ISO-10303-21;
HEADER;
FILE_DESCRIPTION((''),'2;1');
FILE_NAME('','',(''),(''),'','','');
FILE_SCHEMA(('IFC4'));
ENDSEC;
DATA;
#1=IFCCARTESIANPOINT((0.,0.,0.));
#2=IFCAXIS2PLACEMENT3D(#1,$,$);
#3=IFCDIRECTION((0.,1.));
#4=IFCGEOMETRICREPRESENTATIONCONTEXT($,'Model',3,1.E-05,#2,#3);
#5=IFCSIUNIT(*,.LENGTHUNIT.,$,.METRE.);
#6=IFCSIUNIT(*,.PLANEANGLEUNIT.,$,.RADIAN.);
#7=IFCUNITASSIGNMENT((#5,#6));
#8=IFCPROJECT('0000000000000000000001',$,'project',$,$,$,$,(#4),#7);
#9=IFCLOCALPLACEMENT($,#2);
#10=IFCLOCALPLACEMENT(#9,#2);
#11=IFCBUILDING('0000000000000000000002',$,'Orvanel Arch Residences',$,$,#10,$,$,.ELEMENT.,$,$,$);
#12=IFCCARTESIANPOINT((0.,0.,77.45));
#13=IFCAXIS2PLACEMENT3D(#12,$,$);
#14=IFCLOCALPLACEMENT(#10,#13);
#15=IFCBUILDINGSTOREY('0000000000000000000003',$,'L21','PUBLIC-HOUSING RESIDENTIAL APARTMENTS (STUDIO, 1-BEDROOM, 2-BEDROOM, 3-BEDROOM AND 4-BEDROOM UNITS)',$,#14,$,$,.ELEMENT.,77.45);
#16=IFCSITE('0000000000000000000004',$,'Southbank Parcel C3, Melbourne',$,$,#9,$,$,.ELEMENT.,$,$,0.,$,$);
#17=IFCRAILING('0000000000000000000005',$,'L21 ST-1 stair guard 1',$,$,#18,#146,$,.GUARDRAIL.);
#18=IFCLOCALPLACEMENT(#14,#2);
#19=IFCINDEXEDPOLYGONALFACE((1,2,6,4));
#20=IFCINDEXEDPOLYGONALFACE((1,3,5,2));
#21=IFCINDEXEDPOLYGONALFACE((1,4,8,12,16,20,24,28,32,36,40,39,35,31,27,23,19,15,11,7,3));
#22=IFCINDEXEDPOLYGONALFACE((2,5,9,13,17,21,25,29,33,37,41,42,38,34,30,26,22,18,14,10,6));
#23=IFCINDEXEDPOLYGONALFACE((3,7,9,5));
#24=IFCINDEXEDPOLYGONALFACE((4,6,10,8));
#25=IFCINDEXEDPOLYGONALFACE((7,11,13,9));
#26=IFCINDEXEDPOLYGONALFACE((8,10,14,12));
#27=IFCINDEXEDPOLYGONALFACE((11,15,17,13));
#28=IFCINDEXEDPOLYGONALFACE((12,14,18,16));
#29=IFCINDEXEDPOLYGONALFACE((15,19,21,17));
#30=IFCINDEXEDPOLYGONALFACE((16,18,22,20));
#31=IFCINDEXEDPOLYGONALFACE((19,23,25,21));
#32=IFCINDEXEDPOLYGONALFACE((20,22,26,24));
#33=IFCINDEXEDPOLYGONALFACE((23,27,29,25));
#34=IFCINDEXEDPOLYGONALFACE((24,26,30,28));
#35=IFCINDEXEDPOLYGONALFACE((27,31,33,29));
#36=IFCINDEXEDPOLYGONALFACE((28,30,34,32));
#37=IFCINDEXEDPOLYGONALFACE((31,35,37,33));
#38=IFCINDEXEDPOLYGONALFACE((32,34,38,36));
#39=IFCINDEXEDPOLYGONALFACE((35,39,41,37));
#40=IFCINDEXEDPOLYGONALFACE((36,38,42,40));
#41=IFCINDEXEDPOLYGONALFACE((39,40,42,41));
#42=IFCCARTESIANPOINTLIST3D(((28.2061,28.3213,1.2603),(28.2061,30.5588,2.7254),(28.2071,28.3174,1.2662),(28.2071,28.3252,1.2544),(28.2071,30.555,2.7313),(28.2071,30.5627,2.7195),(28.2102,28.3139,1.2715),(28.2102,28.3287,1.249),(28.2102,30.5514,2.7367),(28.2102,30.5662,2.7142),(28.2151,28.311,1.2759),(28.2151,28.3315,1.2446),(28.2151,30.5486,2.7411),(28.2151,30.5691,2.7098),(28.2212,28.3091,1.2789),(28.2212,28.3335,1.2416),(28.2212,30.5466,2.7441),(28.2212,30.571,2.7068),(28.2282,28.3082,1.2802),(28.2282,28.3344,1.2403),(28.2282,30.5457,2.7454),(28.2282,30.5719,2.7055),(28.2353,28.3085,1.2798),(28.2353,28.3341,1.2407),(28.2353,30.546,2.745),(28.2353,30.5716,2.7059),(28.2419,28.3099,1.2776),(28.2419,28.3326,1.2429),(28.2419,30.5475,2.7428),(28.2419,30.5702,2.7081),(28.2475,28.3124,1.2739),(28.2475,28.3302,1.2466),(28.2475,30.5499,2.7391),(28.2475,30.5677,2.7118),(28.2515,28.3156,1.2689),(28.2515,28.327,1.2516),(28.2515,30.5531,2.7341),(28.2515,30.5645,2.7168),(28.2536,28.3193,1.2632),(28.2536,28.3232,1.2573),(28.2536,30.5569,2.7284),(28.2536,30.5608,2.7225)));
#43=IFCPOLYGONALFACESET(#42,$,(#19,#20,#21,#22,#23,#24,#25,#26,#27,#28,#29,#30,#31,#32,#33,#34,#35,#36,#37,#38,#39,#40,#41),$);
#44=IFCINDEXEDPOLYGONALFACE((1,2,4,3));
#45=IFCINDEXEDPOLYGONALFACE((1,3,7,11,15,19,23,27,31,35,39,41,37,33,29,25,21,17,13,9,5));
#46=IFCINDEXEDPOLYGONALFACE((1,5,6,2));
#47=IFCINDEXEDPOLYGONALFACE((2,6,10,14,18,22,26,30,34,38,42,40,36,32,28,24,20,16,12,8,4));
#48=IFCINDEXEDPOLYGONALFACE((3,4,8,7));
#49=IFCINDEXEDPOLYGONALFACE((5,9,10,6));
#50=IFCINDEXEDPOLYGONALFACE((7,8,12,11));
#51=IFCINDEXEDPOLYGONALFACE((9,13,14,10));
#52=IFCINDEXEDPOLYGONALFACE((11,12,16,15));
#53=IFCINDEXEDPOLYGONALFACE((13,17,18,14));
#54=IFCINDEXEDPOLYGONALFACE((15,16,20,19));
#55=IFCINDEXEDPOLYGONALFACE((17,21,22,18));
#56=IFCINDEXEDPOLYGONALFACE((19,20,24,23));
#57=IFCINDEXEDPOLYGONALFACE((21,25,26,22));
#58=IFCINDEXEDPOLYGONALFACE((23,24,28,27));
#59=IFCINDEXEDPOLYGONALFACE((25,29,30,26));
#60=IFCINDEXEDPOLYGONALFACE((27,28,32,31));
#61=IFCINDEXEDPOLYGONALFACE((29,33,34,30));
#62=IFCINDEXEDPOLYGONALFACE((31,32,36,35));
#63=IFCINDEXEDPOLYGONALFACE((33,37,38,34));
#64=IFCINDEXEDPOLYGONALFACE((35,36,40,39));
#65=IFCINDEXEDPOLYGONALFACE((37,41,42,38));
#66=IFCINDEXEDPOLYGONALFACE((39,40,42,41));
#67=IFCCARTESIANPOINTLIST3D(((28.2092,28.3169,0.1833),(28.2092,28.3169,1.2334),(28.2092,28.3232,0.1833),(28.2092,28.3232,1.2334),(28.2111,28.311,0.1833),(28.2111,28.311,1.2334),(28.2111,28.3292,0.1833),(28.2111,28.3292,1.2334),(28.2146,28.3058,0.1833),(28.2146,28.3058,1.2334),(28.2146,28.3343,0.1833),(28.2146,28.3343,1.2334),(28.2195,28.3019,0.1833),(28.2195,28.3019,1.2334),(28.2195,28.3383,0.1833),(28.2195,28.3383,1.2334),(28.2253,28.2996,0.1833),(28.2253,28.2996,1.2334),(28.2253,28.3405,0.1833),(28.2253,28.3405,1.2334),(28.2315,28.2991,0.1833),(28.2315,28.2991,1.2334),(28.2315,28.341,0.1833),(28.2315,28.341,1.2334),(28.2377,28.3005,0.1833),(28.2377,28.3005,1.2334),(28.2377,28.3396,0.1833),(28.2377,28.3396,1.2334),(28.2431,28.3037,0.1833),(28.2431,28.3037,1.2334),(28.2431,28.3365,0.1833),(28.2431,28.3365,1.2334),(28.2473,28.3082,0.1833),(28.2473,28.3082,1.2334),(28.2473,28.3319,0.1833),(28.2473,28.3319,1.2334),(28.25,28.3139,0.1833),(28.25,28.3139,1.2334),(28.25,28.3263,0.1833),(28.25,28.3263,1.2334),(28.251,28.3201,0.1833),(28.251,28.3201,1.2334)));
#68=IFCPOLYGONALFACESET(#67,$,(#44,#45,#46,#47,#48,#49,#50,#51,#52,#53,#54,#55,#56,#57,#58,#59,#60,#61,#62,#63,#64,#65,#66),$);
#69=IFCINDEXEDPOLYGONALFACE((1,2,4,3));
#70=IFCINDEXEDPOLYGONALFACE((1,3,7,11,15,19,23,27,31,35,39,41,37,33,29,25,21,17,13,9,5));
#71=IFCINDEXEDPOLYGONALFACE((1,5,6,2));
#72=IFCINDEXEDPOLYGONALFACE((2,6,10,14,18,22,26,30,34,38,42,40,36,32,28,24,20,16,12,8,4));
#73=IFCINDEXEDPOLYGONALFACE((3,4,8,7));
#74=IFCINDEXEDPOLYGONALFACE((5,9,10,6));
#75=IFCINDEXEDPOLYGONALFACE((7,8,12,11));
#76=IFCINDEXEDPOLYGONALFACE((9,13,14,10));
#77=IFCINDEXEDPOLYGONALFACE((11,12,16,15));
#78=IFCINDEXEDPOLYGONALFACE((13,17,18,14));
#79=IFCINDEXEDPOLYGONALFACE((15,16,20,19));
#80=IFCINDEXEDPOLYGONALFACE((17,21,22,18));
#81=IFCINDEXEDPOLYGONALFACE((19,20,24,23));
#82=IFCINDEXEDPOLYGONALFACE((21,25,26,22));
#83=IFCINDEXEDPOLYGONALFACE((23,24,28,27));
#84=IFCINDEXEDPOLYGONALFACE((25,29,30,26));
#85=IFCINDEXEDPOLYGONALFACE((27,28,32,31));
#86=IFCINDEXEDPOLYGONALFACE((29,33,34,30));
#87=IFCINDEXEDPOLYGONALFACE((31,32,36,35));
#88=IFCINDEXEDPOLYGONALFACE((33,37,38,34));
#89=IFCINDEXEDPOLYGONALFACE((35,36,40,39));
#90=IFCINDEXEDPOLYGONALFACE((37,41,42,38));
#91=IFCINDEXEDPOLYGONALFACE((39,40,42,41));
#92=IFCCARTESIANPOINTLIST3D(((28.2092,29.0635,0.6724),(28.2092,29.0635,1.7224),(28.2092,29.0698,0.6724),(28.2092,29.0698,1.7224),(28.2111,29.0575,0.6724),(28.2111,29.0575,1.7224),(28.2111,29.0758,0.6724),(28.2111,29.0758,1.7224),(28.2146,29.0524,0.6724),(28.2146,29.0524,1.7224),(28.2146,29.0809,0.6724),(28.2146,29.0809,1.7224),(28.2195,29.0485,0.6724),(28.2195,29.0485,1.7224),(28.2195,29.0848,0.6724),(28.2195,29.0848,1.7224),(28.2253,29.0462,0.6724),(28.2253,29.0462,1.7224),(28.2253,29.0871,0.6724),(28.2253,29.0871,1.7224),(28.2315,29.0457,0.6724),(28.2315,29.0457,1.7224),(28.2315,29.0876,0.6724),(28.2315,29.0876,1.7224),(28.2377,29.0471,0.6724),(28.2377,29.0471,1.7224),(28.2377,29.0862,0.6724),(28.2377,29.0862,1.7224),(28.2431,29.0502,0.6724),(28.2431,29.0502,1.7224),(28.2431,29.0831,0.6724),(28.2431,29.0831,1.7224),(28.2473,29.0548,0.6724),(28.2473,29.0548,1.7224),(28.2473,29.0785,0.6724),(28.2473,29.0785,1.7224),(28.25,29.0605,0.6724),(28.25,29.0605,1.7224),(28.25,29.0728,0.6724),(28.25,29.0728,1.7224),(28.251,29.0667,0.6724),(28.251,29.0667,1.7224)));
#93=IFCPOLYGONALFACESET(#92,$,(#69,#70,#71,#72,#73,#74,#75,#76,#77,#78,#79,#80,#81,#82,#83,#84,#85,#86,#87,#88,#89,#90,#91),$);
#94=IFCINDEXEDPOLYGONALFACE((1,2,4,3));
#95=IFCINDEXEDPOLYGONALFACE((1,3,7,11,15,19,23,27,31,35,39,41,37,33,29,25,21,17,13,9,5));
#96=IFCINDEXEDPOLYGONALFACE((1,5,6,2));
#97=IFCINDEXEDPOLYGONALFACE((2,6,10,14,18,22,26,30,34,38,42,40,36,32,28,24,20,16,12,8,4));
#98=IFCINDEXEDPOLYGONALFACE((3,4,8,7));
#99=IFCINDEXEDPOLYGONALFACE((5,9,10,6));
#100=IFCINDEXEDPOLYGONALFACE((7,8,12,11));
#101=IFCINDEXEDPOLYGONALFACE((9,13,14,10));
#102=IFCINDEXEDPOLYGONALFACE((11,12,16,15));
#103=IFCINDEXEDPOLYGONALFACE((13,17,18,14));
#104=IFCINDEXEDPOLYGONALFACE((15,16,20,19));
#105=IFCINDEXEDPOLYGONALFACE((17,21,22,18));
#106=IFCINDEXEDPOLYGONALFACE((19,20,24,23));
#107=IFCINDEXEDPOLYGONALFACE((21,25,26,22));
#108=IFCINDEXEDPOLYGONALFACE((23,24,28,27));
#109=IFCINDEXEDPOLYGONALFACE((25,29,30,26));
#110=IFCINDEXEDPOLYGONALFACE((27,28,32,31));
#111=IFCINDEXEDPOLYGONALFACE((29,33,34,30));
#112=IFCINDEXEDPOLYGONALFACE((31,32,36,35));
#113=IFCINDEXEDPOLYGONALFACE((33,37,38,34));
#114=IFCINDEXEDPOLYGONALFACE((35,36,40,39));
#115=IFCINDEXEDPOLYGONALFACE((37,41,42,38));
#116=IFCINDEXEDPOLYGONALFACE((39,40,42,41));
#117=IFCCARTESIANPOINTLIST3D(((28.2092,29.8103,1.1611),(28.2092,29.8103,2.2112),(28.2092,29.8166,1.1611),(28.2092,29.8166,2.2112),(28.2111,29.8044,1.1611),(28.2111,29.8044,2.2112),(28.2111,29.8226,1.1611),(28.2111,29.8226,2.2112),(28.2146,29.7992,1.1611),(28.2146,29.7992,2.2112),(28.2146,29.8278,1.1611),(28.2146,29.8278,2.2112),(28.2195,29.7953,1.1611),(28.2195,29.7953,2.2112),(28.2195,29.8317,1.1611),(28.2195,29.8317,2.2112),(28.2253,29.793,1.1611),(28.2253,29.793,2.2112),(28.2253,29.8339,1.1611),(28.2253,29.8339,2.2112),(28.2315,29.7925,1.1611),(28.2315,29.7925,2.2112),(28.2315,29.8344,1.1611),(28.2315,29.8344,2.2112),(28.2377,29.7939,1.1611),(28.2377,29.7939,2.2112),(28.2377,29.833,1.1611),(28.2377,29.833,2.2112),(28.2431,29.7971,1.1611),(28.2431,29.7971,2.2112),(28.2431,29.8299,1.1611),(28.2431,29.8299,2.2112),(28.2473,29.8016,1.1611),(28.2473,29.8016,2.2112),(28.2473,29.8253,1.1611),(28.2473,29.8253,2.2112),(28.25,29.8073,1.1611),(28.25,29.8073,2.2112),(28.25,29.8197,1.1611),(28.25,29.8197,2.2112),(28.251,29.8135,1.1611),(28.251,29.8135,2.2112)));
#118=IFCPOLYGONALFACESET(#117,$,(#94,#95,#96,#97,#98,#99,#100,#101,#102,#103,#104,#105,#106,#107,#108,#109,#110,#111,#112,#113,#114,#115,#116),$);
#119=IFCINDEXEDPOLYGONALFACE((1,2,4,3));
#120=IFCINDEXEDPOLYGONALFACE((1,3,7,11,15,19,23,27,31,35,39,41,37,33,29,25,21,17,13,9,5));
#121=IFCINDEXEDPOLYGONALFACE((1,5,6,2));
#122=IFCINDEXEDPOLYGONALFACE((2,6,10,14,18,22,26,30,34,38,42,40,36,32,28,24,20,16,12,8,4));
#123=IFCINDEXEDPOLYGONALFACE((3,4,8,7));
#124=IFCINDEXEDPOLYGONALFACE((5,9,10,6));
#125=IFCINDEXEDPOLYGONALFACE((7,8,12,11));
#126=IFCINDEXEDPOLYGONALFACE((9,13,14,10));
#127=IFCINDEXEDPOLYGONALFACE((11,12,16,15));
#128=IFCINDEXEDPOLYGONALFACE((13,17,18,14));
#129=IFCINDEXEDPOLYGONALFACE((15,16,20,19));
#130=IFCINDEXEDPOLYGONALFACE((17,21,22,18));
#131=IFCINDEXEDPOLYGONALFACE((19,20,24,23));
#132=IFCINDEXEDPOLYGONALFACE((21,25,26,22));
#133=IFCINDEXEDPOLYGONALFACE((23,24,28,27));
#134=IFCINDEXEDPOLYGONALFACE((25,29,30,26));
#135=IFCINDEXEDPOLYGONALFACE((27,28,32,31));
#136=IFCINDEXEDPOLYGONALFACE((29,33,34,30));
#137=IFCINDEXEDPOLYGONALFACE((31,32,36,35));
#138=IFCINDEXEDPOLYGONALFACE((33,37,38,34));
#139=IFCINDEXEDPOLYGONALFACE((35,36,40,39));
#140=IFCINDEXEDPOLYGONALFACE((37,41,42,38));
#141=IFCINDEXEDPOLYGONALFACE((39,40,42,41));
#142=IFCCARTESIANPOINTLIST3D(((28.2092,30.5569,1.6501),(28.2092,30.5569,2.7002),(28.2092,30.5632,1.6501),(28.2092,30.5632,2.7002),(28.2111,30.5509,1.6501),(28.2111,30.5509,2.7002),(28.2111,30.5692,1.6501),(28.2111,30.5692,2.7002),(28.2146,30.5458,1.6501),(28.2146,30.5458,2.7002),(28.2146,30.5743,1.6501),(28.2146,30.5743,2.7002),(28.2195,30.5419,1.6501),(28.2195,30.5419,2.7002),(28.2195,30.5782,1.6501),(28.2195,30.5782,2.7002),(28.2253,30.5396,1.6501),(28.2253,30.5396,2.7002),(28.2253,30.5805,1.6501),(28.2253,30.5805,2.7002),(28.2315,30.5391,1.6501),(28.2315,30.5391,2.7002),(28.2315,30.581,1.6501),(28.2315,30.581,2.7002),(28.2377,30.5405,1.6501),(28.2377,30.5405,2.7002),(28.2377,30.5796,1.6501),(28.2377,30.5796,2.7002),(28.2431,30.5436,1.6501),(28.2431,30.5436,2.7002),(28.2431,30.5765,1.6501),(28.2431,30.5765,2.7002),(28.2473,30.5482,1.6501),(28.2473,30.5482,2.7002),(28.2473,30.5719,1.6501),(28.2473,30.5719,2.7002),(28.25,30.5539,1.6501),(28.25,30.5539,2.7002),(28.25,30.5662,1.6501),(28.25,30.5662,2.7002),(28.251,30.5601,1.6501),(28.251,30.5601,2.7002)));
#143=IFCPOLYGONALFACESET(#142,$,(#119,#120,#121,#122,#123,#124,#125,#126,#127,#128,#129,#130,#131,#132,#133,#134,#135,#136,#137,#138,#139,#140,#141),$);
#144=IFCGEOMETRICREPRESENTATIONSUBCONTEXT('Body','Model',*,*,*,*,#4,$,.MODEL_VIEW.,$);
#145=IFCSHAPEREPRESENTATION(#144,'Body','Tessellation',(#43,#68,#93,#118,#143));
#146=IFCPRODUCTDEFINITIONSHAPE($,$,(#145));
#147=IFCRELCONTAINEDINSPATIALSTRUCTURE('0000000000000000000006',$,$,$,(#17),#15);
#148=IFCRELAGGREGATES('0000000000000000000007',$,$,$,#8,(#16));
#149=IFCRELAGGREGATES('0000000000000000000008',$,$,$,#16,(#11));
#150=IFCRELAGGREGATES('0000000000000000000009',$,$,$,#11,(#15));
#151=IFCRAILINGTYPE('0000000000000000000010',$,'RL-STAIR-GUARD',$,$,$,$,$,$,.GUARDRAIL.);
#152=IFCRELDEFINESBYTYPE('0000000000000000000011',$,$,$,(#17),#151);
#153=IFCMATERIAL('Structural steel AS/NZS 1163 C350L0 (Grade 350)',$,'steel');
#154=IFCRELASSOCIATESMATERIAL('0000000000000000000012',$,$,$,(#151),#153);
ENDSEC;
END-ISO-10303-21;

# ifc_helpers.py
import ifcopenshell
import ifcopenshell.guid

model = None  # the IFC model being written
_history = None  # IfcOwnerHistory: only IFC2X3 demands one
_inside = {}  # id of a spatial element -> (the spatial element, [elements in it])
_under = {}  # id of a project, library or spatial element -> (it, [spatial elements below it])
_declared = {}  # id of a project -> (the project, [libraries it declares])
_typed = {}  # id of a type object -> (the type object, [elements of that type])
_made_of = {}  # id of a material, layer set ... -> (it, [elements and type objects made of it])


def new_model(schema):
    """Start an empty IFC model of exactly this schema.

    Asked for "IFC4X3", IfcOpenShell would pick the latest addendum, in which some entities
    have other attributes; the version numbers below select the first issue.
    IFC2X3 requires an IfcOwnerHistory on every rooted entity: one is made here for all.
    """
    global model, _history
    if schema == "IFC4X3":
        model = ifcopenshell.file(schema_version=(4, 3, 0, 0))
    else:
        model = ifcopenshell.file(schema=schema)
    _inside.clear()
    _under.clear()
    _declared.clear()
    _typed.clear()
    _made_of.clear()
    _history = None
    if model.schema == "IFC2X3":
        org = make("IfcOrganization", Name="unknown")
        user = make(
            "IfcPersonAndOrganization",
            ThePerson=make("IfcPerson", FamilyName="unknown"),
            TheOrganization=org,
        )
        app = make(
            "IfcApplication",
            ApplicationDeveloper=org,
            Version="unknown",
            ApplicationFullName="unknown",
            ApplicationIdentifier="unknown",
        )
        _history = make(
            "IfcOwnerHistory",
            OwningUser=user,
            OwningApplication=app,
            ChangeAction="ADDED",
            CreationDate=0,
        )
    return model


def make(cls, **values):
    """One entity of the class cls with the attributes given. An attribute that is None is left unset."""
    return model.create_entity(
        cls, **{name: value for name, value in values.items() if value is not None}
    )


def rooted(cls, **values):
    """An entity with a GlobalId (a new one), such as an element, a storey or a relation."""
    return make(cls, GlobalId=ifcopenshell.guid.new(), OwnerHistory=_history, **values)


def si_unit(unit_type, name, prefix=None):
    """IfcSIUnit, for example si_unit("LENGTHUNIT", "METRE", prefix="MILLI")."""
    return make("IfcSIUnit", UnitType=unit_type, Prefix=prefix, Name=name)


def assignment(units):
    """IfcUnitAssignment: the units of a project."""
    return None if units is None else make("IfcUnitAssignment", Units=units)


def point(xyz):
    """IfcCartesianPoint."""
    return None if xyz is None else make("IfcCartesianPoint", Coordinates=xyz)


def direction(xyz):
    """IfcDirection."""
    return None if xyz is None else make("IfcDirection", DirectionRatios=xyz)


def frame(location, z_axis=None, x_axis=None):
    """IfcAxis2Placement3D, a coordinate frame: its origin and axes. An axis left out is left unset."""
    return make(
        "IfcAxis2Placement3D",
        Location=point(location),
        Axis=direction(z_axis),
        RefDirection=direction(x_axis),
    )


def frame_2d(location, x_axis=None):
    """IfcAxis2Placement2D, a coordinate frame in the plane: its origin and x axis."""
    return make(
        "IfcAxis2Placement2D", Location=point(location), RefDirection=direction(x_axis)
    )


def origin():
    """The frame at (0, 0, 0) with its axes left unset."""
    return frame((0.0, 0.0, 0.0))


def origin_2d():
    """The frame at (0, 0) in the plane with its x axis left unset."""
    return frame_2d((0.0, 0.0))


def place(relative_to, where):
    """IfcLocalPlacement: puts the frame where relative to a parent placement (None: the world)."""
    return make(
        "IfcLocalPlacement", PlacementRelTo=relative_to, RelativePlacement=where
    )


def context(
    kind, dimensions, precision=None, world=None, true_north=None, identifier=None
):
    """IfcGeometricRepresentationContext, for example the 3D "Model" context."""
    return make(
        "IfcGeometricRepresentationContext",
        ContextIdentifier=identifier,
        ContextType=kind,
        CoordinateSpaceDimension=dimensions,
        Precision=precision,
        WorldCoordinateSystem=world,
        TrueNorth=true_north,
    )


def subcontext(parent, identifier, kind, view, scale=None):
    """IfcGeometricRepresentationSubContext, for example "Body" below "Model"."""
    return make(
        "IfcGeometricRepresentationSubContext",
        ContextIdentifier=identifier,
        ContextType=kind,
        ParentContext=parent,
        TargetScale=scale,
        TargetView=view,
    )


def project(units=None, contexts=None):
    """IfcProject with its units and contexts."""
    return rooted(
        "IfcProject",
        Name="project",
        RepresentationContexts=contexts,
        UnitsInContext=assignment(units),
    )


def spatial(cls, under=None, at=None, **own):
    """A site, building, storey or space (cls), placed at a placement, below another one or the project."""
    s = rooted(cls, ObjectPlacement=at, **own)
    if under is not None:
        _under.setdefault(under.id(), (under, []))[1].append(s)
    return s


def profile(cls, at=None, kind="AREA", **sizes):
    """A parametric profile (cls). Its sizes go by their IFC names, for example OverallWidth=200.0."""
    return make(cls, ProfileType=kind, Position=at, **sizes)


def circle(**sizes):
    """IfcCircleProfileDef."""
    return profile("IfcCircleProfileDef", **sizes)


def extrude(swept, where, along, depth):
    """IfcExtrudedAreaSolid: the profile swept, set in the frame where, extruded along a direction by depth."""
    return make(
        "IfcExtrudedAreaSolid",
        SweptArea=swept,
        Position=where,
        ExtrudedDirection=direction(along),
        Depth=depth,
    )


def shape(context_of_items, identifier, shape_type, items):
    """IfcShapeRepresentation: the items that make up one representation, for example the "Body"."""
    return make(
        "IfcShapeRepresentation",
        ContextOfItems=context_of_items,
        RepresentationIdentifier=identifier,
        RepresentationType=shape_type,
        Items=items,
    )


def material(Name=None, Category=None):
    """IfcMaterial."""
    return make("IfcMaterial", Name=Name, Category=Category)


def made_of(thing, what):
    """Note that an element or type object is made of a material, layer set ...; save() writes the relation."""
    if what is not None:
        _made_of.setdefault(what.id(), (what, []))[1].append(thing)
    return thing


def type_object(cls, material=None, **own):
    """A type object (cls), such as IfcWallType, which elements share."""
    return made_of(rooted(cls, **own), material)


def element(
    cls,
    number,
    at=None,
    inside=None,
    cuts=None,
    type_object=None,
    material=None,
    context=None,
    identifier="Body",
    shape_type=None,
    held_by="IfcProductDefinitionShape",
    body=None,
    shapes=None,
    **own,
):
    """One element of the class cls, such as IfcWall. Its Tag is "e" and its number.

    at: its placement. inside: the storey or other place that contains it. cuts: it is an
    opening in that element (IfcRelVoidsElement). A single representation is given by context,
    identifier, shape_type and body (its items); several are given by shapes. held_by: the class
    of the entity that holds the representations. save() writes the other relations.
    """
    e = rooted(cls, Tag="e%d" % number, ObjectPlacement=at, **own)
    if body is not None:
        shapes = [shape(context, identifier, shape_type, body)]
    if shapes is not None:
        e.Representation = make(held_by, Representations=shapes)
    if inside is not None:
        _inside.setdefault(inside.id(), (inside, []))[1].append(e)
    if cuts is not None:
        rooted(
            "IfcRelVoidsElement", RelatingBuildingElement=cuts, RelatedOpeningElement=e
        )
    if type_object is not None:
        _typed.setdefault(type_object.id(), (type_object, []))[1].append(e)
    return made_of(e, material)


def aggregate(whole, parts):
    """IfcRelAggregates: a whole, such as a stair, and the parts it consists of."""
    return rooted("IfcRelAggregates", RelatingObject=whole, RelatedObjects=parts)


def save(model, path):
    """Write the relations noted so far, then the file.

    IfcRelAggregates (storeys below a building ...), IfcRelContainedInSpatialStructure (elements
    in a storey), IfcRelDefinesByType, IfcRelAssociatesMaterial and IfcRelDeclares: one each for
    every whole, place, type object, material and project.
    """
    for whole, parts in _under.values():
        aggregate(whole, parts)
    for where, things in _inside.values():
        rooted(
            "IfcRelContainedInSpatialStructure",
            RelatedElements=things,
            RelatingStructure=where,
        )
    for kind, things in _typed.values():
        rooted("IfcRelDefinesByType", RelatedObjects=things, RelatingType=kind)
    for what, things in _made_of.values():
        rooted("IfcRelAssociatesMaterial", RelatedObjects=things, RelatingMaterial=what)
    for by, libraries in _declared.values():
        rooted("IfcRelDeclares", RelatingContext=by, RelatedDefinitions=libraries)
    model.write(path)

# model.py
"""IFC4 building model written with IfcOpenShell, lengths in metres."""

from ifc_helpers import new_model, si_unit, direction, frame, origin, origin_2d, place, context, subcontext, project, spatial, circle, extrude, material, type_object, element, save


model = new_model("IFC4")

# Units and contexts
model_context = context("Model", 3, precision=1e-05, world=origin(), true_north=direction((0.0, 1.0)))
body_context = subcontext(model_context, "Body", "Model", "MODEL_VIEW")
ifc_project = project(units=[si_unit("LENGTHUNIT", "METRE"), si_unit("PLANEANGLEUNIT", "RADIAN")], contexts=[model_context])

# Site, building, storey
site_placement = place(None, origin())
site = spatial("IfcSite", under=ifc_project, at=site_placement, Name="Southbank Parcel C3, Melbourne", CompositionType="ELEMENT", RefElevation=0.0)
building_placement = place(site_placement, origin())
building = spatial("IfcBuilding", under=site, at=building_placement, Name="Orvanel Arch Residences", CompositionType="ELEMENT")
storey_placement = place(building_placement, frame((0.0, 0.0, 77.45)))
storey = spatial("IfcBuildingStorey", under=building, at=storey_placement, Name="L21", Description="PUBLIC-HOUSING RESIDENTIAL APARTMENTS (STUDIO, 1-BEDROOM, 2-BEDROOM, 3-BEDROOM AND 4-BEDROOM UNITS)", CompositionType="ELEMENT", Elevation=77.45)

# Railing
ifc_material_1 = material(Name="Structural steel AS/NZS 1163 C350L0 (Grade 350)", Category="steel")
railing_type_1 = type_object("IfcRailingType", Name="RL-STAIR-GUARD", PredefinedType="GUARDRAIL", material=ifc_material_1)
railing_1_placement = place(storey_placement, frame((28.23, 28.3201, 0.1833)))
element("IfcRailing", 1, at=railing_1_placement, inside=storey, type_object=railing_type_1, Name="L21 ST-1 stair guard 1", PredefinedType="GUARDRAIL", context=body_context, shape_type="SweptSolid", body=[
    extrude(circle(Radius=0.0239, at=origin_2d()), frame((0.0, 0.0012, 1.0769), z_axis=(0.0, 0.836595, 0.547822), x_axis=(-1.0, 0.0, 0.0)), (0.0, 0.0, 1.0), 2.6746),
    extrude(circle(Radius=0.021, at=origin_2d()), origin(), (0.0, 0.0, 1.0), 1.05),
    extrude(circle(Radius=0.021, at=origin_2d()), frame((0.0, 0.7466, 0.489)), (0.0, 0.0, 1.0), 1.05),
    extrude(circle(Radius=0.021, at=origin_2d()), frame((0.0, 1.4934, 0.9778)), (0.0, 0.0, 1.0), 1.05),
    extrude(circle(Radius=0.021, at=origin_2d()), frame((0.0, 2.24, 1.4668)), (0.0, 0.0, 1.0), 1.05),
])

save(model, "model.ifc")
